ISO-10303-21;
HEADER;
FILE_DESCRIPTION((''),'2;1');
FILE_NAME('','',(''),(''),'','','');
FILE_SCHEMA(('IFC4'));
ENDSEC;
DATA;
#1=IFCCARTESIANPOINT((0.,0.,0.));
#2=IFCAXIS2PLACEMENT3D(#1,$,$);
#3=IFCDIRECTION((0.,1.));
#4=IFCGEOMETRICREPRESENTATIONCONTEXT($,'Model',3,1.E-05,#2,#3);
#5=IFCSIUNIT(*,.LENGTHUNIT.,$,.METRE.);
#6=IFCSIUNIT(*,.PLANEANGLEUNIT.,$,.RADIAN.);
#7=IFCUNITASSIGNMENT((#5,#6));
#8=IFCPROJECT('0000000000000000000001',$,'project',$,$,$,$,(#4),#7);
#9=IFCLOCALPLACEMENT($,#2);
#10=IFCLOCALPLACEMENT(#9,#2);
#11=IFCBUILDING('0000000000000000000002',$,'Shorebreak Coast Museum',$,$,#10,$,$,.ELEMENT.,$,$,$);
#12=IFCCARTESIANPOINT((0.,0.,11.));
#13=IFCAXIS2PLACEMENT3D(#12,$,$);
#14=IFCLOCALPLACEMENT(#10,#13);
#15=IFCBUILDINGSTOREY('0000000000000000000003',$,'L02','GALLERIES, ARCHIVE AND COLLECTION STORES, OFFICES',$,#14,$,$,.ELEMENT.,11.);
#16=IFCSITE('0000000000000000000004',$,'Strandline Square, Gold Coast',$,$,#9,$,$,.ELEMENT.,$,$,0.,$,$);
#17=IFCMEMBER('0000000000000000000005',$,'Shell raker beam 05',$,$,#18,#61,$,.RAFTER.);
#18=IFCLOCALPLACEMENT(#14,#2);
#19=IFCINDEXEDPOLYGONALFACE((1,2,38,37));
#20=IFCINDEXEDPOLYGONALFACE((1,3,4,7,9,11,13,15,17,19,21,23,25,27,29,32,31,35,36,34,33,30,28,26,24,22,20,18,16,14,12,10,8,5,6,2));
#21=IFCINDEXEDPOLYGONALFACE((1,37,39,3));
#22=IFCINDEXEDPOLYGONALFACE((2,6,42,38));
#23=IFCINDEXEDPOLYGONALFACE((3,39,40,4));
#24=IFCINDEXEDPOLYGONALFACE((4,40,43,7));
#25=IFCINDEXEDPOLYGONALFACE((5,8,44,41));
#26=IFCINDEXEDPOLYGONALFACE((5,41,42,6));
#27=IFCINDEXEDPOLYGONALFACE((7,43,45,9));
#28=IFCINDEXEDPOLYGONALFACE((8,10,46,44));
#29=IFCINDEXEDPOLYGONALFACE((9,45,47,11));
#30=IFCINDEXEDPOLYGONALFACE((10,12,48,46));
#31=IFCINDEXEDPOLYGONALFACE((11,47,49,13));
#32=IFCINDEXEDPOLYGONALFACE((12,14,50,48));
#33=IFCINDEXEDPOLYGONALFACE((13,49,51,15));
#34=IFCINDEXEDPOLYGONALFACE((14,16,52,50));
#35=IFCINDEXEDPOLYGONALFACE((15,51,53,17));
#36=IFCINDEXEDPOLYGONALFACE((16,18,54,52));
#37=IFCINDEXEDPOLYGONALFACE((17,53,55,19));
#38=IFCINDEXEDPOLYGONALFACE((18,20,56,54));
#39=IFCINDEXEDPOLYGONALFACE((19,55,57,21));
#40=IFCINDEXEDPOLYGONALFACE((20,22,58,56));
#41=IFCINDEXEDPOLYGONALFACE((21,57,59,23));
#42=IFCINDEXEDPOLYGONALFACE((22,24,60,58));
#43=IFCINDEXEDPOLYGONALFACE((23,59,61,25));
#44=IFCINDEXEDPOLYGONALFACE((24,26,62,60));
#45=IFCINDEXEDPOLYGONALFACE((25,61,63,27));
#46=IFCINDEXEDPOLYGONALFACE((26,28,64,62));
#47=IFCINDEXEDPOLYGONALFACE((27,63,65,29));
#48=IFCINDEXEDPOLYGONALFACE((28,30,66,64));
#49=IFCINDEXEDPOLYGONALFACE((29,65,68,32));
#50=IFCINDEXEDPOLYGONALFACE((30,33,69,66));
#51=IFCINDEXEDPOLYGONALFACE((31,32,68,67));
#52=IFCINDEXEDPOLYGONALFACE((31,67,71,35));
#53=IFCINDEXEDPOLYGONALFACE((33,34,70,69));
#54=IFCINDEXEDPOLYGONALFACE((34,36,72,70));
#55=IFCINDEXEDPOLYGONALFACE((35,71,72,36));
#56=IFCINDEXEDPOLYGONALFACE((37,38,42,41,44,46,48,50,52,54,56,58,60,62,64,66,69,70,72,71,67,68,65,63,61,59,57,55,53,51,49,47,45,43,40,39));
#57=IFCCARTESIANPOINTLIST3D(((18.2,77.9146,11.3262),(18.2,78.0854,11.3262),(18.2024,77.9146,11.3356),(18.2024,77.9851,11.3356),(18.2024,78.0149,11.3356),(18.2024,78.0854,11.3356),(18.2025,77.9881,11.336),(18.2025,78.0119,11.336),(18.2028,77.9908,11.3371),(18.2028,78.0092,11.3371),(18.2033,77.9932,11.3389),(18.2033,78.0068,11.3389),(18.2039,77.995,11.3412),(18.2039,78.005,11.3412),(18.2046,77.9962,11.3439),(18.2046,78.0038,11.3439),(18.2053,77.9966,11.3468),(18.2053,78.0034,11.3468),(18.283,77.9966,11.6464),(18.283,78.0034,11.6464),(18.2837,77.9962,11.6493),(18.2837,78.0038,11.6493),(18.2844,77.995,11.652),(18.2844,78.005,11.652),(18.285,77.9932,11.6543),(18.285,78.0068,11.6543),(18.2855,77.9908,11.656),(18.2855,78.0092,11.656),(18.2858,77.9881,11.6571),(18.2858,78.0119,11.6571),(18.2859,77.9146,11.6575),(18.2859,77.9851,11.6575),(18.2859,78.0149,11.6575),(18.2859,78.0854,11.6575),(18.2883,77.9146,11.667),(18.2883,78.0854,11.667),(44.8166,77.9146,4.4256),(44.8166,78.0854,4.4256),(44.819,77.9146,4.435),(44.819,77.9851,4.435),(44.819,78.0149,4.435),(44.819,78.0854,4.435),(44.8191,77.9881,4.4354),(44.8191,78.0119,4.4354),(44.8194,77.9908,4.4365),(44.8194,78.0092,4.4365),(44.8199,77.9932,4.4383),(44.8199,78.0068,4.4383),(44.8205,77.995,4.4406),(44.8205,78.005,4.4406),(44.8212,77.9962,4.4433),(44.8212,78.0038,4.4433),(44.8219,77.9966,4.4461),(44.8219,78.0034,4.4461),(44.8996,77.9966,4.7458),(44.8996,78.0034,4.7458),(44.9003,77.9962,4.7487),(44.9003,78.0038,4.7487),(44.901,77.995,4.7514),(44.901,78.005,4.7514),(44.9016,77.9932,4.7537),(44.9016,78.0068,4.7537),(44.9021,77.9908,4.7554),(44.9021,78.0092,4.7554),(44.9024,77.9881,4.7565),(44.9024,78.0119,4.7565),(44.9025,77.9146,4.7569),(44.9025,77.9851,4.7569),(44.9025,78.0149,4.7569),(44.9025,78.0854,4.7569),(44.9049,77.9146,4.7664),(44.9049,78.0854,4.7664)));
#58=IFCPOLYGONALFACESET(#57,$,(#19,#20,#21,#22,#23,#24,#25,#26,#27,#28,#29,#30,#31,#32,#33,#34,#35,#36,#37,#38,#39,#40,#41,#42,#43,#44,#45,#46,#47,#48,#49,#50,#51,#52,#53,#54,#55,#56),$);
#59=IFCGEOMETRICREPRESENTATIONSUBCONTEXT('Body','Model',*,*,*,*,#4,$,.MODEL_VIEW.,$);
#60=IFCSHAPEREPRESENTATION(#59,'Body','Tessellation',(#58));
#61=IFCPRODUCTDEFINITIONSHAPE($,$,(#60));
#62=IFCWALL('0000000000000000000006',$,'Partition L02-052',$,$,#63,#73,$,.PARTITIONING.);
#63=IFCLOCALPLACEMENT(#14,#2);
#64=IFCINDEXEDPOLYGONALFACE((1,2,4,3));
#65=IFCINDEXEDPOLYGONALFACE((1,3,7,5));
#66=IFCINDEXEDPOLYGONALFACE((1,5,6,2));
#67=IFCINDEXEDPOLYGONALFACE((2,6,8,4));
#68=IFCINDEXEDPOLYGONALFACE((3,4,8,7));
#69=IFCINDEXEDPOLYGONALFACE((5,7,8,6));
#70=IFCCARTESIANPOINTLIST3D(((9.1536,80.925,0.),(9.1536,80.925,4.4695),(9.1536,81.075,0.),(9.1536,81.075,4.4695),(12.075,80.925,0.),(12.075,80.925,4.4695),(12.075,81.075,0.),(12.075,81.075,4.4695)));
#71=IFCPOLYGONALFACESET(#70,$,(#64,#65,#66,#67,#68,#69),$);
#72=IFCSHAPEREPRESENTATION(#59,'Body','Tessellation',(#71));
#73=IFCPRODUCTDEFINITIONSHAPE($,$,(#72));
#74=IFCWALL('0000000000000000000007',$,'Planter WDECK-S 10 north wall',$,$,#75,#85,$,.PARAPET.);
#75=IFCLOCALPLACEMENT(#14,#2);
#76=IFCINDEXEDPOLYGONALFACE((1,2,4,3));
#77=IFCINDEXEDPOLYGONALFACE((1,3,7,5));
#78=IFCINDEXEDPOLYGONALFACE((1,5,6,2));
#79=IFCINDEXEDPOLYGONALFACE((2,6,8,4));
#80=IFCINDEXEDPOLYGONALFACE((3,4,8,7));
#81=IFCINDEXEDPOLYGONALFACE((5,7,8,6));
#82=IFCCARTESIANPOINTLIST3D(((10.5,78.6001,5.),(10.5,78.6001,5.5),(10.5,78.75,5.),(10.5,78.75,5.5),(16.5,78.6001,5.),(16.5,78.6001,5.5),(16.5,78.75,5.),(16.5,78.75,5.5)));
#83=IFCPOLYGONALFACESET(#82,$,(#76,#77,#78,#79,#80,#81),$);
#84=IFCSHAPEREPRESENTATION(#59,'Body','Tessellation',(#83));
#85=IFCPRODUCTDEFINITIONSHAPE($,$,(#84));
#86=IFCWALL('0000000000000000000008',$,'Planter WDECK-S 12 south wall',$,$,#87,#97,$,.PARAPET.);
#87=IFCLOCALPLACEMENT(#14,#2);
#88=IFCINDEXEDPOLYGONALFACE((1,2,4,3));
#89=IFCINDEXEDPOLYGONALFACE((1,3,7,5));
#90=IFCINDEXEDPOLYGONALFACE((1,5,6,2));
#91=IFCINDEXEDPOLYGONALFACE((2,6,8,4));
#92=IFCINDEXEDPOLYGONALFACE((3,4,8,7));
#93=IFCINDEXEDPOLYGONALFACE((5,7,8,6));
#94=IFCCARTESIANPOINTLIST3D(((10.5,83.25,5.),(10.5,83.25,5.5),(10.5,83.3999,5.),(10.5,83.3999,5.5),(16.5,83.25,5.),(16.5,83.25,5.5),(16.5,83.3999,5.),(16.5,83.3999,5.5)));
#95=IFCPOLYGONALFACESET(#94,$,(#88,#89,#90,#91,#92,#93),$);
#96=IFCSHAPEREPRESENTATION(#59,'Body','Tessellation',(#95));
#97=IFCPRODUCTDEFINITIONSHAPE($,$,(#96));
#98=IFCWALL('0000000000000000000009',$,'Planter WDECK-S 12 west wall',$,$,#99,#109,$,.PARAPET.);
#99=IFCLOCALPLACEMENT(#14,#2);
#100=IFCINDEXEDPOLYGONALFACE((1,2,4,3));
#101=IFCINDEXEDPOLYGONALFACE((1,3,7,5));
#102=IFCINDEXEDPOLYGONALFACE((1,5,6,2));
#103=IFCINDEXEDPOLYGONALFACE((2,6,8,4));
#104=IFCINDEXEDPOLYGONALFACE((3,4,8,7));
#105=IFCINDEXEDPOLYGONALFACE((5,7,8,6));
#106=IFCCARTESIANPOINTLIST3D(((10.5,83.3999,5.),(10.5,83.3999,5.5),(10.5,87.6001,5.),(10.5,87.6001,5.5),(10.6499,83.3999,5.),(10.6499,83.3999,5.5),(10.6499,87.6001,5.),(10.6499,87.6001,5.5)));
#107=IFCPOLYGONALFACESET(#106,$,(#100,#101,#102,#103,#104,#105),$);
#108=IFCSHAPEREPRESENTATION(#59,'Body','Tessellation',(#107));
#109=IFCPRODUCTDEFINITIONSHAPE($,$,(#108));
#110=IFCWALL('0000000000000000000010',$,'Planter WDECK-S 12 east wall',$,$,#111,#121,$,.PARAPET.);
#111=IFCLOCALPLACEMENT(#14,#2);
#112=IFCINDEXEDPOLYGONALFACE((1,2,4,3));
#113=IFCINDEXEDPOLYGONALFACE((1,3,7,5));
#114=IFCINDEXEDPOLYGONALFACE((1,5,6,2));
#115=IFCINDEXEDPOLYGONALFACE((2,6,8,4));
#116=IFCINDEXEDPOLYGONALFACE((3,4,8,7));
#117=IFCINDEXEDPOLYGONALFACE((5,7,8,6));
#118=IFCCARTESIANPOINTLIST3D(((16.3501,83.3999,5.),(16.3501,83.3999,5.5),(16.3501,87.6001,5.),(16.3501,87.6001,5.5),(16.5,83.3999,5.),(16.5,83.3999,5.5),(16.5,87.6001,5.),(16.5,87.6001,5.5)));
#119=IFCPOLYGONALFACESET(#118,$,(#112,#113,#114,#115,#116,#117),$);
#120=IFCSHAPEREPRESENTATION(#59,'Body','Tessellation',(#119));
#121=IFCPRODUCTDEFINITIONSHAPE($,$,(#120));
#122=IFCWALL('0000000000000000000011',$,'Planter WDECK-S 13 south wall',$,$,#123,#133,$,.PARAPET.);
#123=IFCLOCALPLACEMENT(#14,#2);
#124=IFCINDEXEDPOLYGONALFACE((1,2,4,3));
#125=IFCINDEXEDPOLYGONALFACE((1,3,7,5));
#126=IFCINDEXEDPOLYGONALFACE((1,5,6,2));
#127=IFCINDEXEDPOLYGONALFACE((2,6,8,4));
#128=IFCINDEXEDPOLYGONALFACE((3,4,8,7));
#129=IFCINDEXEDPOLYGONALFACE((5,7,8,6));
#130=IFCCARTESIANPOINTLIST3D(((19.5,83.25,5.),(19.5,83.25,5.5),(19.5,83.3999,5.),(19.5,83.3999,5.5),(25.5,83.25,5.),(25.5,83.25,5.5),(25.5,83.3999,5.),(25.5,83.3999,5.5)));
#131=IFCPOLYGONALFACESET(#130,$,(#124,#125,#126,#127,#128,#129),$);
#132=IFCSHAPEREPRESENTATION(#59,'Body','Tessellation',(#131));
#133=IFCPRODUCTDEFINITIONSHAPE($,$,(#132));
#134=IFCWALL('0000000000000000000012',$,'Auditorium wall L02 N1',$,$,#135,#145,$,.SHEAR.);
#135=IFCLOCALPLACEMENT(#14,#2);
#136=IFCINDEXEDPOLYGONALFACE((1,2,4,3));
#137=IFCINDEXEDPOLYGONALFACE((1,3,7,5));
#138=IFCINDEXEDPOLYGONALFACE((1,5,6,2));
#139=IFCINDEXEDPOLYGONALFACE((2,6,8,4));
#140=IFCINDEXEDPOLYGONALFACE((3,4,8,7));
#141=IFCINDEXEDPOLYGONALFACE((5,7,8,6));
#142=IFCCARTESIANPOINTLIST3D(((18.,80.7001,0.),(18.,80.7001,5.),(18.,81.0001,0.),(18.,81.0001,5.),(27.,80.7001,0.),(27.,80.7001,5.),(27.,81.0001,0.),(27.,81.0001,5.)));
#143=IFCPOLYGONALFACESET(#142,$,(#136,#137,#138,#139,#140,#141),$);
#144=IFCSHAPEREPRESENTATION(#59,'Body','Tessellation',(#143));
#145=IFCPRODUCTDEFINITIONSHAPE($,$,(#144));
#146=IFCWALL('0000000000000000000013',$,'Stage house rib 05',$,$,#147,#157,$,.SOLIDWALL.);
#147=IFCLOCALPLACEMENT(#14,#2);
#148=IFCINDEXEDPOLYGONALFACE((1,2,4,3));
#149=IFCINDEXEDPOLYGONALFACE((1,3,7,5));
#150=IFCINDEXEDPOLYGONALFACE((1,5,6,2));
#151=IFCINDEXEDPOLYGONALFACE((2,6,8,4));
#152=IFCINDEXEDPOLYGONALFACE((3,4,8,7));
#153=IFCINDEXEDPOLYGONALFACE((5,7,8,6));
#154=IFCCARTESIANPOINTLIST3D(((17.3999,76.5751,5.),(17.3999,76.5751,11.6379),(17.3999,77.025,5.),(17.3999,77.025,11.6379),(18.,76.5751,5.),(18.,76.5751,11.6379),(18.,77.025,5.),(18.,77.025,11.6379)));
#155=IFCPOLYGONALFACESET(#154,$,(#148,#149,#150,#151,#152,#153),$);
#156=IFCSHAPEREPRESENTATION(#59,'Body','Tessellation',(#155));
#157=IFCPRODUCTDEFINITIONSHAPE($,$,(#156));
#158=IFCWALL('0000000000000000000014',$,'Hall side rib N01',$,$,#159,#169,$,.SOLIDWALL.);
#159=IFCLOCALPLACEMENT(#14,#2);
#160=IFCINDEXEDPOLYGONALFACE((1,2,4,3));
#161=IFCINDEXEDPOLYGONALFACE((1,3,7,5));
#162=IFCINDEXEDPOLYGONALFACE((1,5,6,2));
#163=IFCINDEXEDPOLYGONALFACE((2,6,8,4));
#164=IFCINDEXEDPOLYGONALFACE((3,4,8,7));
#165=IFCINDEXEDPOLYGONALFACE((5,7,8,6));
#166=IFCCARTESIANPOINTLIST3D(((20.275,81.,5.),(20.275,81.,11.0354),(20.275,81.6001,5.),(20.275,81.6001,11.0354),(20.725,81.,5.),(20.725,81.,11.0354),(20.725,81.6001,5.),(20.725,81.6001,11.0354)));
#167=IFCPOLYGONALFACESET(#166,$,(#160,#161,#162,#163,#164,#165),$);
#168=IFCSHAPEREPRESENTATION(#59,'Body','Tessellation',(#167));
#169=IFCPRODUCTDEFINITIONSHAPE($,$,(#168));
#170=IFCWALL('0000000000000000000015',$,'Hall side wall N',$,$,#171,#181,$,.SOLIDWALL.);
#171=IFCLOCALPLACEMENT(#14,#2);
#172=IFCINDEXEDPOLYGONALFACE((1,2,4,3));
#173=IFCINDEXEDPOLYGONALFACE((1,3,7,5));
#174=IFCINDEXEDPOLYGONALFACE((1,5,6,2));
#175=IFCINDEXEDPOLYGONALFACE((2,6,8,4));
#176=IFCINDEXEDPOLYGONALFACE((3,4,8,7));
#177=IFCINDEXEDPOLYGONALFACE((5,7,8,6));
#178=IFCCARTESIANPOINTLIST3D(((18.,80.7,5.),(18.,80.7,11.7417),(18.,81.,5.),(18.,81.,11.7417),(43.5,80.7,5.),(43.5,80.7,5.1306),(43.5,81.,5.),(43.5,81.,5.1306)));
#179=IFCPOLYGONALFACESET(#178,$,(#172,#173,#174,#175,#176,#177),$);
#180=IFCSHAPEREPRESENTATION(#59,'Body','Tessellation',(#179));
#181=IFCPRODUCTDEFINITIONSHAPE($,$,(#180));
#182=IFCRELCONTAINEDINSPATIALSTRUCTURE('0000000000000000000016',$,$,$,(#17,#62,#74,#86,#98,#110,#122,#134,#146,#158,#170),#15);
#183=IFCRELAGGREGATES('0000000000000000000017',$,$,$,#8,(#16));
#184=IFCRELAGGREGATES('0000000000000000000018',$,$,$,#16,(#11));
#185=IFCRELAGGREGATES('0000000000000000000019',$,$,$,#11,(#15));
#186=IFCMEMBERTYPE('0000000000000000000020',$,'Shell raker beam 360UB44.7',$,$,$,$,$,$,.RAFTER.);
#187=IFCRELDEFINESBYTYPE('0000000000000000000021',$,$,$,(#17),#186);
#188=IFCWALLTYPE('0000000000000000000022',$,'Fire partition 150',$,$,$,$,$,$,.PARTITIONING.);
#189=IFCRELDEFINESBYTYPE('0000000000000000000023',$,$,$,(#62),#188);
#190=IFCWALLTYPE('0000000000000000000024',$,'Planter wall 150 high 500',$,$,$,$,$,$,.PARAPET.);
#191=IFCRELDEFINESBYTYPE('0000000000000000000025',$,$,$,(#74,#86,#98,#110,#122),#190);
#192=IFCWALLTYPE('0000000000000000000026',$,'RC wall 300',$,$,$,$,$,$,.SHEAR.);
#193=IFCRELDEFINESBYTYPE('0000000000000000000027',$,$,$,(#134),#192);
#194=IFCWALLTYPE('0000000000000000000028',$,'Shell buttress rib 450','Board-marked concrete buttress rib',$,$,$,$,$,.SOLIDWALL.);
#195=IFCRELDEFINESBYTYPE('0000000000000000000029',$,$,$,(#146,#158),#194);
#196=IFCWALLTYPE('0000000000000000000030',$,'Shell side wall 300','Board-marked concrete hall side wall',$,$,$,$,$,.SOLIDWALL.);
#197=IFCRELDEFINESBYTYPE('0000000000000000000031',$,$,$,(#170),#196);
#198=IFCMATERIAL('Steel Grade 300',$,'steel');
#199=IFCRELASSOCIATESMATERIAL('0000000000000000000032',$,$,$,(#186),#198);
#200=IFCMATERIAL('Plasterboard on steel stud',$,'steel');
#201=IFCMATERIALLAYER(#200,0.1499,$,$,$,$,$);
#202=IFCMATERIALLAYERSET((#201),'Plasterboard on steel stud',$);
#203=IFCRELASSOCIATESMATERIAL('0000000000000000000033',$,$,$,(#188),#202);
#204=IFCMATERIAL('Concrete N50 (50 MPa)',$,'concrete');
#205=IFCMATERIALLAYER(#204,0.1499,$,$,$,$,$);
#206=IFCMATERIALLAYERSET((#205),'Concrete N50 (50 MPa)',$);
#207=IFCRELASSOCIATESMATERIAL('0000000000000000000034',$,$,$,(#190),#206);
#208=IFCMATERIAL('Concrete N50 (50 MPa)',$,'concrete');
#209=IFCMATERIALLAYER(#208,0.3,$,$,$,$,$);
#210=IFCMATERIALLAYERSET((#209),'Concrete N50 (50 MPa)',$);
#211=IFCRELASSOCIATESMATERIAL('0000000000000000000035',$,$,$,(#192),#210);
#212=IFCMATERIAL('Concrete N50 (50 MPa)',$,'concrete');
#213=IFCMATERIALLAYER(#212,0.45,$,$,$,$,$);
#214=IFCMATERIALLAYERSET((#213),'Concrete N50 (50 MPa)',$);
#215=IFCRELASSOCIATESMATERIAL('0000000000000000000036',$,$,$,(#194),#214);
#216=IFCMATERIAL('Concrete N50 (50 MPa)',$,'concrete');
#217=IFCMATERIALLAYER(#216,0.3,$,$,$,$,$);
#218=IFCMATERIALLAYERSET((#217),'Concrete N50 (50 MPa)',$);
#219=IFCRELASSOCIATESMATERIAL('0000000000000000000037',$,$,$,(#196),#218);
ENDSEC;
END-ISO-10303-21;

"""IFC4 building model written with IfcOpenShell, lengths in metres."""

from ifc_helpers import new_model, si_unit, direction, frame, frame_2d, origin, origin_2d, place, context, subcontext, project, spatial, polyline, rectangle, i_section, outline, extrude, material, layer, layer_set, material_profile, profile_set, type_object, element, save


model = new_model("IFC4")

# Units and contexts
model_context = context("Model", 3, precision=1e-05, world=origin(), true_north=direction((0.0, 1.0)))
body_context = subcontext(model_context, "Body", "Model", "MODEL_VIEW")
ifc_project = project(units=[si_unit("LENGTHUNIT", "METRE"), si_unit("PLANEANGLEUNIT", "RADIAN")], contexts=[model_context])

# Site, building, storey
site_placement = place(None, origin())
site = spatial("IfcSite", under=ifc_project, at=site_placement, Name="Strandline Square, Gold Coast", CompositionType="ELEMENT", RefElevation=0.0)
building_placement = place(site_placement, origin())
building = spatial("IfcBuilding", under=site, at=building_placement, Name="Shorebreak Coast Museum", CompositionType="ELEMENT")
storey_placement = place(building_placement, frame((0.0, 0.0, 11.0)))
storey = spatial("IfcBuildingStorey", under=building, at=storey_placement, Name="L02", Description="GALLERIES, ARCHIVE AND COLLECTION STORES, OFFICES", CompositionType="ELEMENT", Elevation=11.0)

# Member
ifc_material_1 = material(Name="Steel Grade 300", Category="steel")
ifc_material_profile_1 = material_profile(ifc_material_1, i_section(OverallWidth=0.1709, OverallDepth=0.3521, WebThickness=0.0068, FlangeThickness=0.0098, FilletRadius=0.0115, at=origin_2d()), Name="360UB44.7")
ifc_profile_set_1 = profile_set([ifc_material_profile_1], Name="Steel Grade 300")
member_type = type_object("IfcMemberType", Name="Shell raker beam 360UB44.7", PredefinedType="RAFTER", material=ifc_profile_set_1)
for number, where, z_axis, x_axis, name in (
    (1, (18.2441, 78.0, 11.4966), (0.967997, 0.0, -0.250962), (0.0, 1.0, 0.0), "Shell raker beam 05"),
):
    element("IfcMember", number, at=place(storey_placement, frame(where, z_axis=z_axis, x_axis=x_axis)), inside=storey, type_object=member_type, Name=name, PredefinedType="RAFTER", context=body_context, shape_type="SweptSolid", body=[
        extrude(i_section(OverallWidth=0.1709, OverallDepth=0.3521, WebThickness=0.0068, FlangeThickness=0.0098, FilletRadius=0.0115, at=origin_2d()), origin(), (0.0, 0.0, 1.0), 27.4966),
    ])

# Walls
ifc_material_2 = material(Name="Plasterboard on steel stud", Category="steel")
ifc_layer_1 = layer(ifc_material_2, 0.1499)
ifc_layer_set_1 = layer_set([ifc_layer_1], Name="Plasterboard on steel stud")
wall_type_1 = type_object("IfcWallType", Name="Fire partition 150", PredefinedType="PARTITIONING", material=ifc_layer_set_1)
wall_1_placement = place(storey_placement, frame((9.1536, 81.0, 0.0), z_axis=(0.0, 0.0, 1.0), x_axis=(1.0, 0.0, 0.0)))
element("IfcWall", 2, at=wall_1_placement, inside=storey, type_object=wall_type_1, Name="Partition L02-052", PredefinedType="PARTITIONING", context=body_context, shape_type="SweptSolid", body=[
    extrude(rectangle(XDim=2.9214, YDim=0.1499, at=frame_2d((1.4607, 0.0))), origin(), (0.0, 0.0, 1.0), 4.4695),
])
ifc_material_3 = material(Name="Concrete N50 (50 MPa)", Category="concrete")
ifc_layer_2 = layer(ifc_material_3, 0.1499)
ifc_layer_set_2 = layer_set([ifc_layer_2], Name="Concrete N50 (50 MPa)")
wall_type_2 = type_object("IfcWallType", Name="Planter wall 150 high 500", PredefinedType="PARAPET", material=ifc_layer_set_2)
for number, where, z_axis, x_axis, name in (
    (3, (10.5, 78.675, 5.0), (0.0, 0.0, 1.0), (1.0, 0.0, 0.0), "Planter WDECK-S 10 north wall"),
    (4, (10.5, 83.325, 5.0), (0.0, 0.0, 1.0), (1.0, 0.0, 0.0), "Planter WDECK-S 12 south wall"),
):
    element("IfcWall", number, at=place(storey_placement, frame(where, z_axis=z_axis, x_axis=x_axis)), inside=storey, type_object=wall_type_2, Name=name, PredefinedType="PARAPET", context=body_context, shape_type="SweptSolid", body=[
        extrude(rectangle(XDim=6.0, YDim=0.1499, at=frame_2d((3.0, 0.0))), origin(), (0.0, 0.0, 1.0), 0.5),
    ])
for number, where, z_axis, x_axis, name in (
    (5, (10.575, 83.3999, 5.0), (0.0, 0.0, 1.0), (0.0, 1.0, 0.0), "Planter WDECK-S 12 west wall"),
    (6, (16.425, 83.3999, 5.0), (0.0, 0.0, 1.0), (0.0, 1.0, 0.0), "Planter WDECK-S 12 east wall"),
):
    element("IfcWall", number, at=place(storey_placement, frame(where, z_axis=z_axis, x_axis=x_axis)), inside=storey, type_object=wall_type_2, Name=name, PredefinedType="PARAPET", context=body_context, shape_type="SweptSolid", body=[
        extrude(rectangle(XDim=4.2002, YDim=0.1499, at=frame_2d((2.1001, 0.0))), origin(), (0.0, 0.0, 1.0), 0.5),
    ])
wall_2_placement = place(storey_placement, frame((19.5, 83.325, 5.0), z_axis=(0.0, 0.0, 1.0), x_axis=(1.0, 0.0, 0.0)))
element("IfcWall", 7, at=wall_2_placement, inside=storey, type_object=wall_type_2, Name="Planter WDECK-S 13 south wall", PredefinedType="PARAPET", context=body_context, shape_type="SweptSolid", body=[
    extrude(rectangle(XDim=6.0, YDim=0.1499, at=frame_2d((3.0, 0.0))), origin(), (0.0, 0.0, 1.0), 0.5),
])
ifc_material_4 = material(Name="Concrete N50 (50 MPa)", Category="concrete")
ifc_layer_3 = layer(ifc_material_4, 0.3)
ifc_layer_set_3 = layer_set([ifc_layer_3], Name="Concrete N50 (50 MPa)")
wall_type_3 = type_object("IfcWallType", Name="RC wall 300", PredefinedType="SHEAR", material=ifc_layer_set_3)
wall_3_placement = place(storey_placement, frame((18.0, 80.8501, 0.0), z_axis=(0.0, 0.0, 1.0), x_axis=(1.0, 0.0, 0.0)))
element("IfcWall", 8, at=wall_3_placement, inside=storey, type_object=wall_type_3, Name="Auditorium wall L02 N1", PredefinedType="SHEAR", context=body_context, shape_type="SweptSolid", body=[
    extrude(rectangle(XDim=9.0, YDim=0.3, at=frame_2d((4.5, 0.0))), origin(), (0.0, 0.0, 1.0), 5.0),
])
ifc_material_5 = material(Name="Concrete N50 (50 MPa)", Category="concrete")
ifc_layer_4 = layer(ifc_material_5, 0.45)
ifc_layer_set_4 = layer_set([ifc_layer_4], Name="Concrete N50 (50 MPa)")
wall_type_4 = type_object("IfcWallType", Name="Shell buttress rib 450", Description="Board-marked concrete buttress rib", PredefinedType="SOLIDWALL", material=ifc_layer_set_4)
wall_4_placement = place(storey_placement, frame((17.3999, 76.8, 5.0), z_axis=(0.0, 0.0, 1.0), x_axis=(1.0, 0.0, 0.0)))
element("IfcWall", 9, at=wall_4_placement, inside=storey, type_object=wall_type_4, Name="Stage house rib 05", PredefinedType="SOLIDWALL", context=body_context, shape_type="SweptSolid", body=[
    extrude(rectangle(XDim=0.6001, YDim=0.45, at=frame_2d((0.3, 0.0))), origin(), (0.0, 0.0, 1.0), 6.6379),
])
wall_5_placement = place(storey_placement, frame((20.5, 81.0, 5.0), z_axis=(0.0, 0.0, 1.0), x_axis=(0.0, 1.0, 0.0)))
element("IfcWall", 10, at=wall_5_placement, inside=storey, type_object=wall_type_4, Name="Hall side rib N01", PredefinedType="SOLIDWALL", context=body_context, shape_type="SweptSolid", body=[
    extrude(rectangle(XDim=0.6001, YDim=0.45, at=frame_2d((0.3, 0.0))), origin(), (0.0, 0.0, 1.0), 6.0354),
])
ifc_material_6 = material(Name="Concrete N50 (50 MPa)", Category="concrete")
ifc_layer_5 = layer(ifc_material_6, 0.3)
ifc_layer_set_5 = layer_set([ifc_layer_5], Name="Concrete N50 (50 MPa)")
wall_type_5 = type_object("IfcWallType", Name="Shell side wall 300", Description="Board-marked concrete hall side wall", PredefinedType="SOLIDWALL", material=ifc_layer_set_5)
wall_6_placement = place(storey_placement, frame((18.0, 80.8501, 5.0), z_axis=(0.0, 0.0, 1.0), x_axis=(1.0, 0.0, 0.0)))
element("IfcWall", 11, at=wall_6_placement, inside=storey, type_object=wall_type_5, Name="Hall side wall N", PredefinedType="SOLIDWALL", context=body_context, shape_type="SweptSolid", body=[
    extrude(outline(polyline([(0.0, 0.0), (25.5, 0.0), (25.5, 0.1306), (0.0, 6.7417), (0.0, 0.0)])), frame((0.0, 0.1499, 0.0), z_axis=(0.0, -1.0, 0.0), x_axis=(1.0, 0.0, 0.0)), (0.0, 0.0, 1.0), 0.3),
])

save(model, "model.ifc")
